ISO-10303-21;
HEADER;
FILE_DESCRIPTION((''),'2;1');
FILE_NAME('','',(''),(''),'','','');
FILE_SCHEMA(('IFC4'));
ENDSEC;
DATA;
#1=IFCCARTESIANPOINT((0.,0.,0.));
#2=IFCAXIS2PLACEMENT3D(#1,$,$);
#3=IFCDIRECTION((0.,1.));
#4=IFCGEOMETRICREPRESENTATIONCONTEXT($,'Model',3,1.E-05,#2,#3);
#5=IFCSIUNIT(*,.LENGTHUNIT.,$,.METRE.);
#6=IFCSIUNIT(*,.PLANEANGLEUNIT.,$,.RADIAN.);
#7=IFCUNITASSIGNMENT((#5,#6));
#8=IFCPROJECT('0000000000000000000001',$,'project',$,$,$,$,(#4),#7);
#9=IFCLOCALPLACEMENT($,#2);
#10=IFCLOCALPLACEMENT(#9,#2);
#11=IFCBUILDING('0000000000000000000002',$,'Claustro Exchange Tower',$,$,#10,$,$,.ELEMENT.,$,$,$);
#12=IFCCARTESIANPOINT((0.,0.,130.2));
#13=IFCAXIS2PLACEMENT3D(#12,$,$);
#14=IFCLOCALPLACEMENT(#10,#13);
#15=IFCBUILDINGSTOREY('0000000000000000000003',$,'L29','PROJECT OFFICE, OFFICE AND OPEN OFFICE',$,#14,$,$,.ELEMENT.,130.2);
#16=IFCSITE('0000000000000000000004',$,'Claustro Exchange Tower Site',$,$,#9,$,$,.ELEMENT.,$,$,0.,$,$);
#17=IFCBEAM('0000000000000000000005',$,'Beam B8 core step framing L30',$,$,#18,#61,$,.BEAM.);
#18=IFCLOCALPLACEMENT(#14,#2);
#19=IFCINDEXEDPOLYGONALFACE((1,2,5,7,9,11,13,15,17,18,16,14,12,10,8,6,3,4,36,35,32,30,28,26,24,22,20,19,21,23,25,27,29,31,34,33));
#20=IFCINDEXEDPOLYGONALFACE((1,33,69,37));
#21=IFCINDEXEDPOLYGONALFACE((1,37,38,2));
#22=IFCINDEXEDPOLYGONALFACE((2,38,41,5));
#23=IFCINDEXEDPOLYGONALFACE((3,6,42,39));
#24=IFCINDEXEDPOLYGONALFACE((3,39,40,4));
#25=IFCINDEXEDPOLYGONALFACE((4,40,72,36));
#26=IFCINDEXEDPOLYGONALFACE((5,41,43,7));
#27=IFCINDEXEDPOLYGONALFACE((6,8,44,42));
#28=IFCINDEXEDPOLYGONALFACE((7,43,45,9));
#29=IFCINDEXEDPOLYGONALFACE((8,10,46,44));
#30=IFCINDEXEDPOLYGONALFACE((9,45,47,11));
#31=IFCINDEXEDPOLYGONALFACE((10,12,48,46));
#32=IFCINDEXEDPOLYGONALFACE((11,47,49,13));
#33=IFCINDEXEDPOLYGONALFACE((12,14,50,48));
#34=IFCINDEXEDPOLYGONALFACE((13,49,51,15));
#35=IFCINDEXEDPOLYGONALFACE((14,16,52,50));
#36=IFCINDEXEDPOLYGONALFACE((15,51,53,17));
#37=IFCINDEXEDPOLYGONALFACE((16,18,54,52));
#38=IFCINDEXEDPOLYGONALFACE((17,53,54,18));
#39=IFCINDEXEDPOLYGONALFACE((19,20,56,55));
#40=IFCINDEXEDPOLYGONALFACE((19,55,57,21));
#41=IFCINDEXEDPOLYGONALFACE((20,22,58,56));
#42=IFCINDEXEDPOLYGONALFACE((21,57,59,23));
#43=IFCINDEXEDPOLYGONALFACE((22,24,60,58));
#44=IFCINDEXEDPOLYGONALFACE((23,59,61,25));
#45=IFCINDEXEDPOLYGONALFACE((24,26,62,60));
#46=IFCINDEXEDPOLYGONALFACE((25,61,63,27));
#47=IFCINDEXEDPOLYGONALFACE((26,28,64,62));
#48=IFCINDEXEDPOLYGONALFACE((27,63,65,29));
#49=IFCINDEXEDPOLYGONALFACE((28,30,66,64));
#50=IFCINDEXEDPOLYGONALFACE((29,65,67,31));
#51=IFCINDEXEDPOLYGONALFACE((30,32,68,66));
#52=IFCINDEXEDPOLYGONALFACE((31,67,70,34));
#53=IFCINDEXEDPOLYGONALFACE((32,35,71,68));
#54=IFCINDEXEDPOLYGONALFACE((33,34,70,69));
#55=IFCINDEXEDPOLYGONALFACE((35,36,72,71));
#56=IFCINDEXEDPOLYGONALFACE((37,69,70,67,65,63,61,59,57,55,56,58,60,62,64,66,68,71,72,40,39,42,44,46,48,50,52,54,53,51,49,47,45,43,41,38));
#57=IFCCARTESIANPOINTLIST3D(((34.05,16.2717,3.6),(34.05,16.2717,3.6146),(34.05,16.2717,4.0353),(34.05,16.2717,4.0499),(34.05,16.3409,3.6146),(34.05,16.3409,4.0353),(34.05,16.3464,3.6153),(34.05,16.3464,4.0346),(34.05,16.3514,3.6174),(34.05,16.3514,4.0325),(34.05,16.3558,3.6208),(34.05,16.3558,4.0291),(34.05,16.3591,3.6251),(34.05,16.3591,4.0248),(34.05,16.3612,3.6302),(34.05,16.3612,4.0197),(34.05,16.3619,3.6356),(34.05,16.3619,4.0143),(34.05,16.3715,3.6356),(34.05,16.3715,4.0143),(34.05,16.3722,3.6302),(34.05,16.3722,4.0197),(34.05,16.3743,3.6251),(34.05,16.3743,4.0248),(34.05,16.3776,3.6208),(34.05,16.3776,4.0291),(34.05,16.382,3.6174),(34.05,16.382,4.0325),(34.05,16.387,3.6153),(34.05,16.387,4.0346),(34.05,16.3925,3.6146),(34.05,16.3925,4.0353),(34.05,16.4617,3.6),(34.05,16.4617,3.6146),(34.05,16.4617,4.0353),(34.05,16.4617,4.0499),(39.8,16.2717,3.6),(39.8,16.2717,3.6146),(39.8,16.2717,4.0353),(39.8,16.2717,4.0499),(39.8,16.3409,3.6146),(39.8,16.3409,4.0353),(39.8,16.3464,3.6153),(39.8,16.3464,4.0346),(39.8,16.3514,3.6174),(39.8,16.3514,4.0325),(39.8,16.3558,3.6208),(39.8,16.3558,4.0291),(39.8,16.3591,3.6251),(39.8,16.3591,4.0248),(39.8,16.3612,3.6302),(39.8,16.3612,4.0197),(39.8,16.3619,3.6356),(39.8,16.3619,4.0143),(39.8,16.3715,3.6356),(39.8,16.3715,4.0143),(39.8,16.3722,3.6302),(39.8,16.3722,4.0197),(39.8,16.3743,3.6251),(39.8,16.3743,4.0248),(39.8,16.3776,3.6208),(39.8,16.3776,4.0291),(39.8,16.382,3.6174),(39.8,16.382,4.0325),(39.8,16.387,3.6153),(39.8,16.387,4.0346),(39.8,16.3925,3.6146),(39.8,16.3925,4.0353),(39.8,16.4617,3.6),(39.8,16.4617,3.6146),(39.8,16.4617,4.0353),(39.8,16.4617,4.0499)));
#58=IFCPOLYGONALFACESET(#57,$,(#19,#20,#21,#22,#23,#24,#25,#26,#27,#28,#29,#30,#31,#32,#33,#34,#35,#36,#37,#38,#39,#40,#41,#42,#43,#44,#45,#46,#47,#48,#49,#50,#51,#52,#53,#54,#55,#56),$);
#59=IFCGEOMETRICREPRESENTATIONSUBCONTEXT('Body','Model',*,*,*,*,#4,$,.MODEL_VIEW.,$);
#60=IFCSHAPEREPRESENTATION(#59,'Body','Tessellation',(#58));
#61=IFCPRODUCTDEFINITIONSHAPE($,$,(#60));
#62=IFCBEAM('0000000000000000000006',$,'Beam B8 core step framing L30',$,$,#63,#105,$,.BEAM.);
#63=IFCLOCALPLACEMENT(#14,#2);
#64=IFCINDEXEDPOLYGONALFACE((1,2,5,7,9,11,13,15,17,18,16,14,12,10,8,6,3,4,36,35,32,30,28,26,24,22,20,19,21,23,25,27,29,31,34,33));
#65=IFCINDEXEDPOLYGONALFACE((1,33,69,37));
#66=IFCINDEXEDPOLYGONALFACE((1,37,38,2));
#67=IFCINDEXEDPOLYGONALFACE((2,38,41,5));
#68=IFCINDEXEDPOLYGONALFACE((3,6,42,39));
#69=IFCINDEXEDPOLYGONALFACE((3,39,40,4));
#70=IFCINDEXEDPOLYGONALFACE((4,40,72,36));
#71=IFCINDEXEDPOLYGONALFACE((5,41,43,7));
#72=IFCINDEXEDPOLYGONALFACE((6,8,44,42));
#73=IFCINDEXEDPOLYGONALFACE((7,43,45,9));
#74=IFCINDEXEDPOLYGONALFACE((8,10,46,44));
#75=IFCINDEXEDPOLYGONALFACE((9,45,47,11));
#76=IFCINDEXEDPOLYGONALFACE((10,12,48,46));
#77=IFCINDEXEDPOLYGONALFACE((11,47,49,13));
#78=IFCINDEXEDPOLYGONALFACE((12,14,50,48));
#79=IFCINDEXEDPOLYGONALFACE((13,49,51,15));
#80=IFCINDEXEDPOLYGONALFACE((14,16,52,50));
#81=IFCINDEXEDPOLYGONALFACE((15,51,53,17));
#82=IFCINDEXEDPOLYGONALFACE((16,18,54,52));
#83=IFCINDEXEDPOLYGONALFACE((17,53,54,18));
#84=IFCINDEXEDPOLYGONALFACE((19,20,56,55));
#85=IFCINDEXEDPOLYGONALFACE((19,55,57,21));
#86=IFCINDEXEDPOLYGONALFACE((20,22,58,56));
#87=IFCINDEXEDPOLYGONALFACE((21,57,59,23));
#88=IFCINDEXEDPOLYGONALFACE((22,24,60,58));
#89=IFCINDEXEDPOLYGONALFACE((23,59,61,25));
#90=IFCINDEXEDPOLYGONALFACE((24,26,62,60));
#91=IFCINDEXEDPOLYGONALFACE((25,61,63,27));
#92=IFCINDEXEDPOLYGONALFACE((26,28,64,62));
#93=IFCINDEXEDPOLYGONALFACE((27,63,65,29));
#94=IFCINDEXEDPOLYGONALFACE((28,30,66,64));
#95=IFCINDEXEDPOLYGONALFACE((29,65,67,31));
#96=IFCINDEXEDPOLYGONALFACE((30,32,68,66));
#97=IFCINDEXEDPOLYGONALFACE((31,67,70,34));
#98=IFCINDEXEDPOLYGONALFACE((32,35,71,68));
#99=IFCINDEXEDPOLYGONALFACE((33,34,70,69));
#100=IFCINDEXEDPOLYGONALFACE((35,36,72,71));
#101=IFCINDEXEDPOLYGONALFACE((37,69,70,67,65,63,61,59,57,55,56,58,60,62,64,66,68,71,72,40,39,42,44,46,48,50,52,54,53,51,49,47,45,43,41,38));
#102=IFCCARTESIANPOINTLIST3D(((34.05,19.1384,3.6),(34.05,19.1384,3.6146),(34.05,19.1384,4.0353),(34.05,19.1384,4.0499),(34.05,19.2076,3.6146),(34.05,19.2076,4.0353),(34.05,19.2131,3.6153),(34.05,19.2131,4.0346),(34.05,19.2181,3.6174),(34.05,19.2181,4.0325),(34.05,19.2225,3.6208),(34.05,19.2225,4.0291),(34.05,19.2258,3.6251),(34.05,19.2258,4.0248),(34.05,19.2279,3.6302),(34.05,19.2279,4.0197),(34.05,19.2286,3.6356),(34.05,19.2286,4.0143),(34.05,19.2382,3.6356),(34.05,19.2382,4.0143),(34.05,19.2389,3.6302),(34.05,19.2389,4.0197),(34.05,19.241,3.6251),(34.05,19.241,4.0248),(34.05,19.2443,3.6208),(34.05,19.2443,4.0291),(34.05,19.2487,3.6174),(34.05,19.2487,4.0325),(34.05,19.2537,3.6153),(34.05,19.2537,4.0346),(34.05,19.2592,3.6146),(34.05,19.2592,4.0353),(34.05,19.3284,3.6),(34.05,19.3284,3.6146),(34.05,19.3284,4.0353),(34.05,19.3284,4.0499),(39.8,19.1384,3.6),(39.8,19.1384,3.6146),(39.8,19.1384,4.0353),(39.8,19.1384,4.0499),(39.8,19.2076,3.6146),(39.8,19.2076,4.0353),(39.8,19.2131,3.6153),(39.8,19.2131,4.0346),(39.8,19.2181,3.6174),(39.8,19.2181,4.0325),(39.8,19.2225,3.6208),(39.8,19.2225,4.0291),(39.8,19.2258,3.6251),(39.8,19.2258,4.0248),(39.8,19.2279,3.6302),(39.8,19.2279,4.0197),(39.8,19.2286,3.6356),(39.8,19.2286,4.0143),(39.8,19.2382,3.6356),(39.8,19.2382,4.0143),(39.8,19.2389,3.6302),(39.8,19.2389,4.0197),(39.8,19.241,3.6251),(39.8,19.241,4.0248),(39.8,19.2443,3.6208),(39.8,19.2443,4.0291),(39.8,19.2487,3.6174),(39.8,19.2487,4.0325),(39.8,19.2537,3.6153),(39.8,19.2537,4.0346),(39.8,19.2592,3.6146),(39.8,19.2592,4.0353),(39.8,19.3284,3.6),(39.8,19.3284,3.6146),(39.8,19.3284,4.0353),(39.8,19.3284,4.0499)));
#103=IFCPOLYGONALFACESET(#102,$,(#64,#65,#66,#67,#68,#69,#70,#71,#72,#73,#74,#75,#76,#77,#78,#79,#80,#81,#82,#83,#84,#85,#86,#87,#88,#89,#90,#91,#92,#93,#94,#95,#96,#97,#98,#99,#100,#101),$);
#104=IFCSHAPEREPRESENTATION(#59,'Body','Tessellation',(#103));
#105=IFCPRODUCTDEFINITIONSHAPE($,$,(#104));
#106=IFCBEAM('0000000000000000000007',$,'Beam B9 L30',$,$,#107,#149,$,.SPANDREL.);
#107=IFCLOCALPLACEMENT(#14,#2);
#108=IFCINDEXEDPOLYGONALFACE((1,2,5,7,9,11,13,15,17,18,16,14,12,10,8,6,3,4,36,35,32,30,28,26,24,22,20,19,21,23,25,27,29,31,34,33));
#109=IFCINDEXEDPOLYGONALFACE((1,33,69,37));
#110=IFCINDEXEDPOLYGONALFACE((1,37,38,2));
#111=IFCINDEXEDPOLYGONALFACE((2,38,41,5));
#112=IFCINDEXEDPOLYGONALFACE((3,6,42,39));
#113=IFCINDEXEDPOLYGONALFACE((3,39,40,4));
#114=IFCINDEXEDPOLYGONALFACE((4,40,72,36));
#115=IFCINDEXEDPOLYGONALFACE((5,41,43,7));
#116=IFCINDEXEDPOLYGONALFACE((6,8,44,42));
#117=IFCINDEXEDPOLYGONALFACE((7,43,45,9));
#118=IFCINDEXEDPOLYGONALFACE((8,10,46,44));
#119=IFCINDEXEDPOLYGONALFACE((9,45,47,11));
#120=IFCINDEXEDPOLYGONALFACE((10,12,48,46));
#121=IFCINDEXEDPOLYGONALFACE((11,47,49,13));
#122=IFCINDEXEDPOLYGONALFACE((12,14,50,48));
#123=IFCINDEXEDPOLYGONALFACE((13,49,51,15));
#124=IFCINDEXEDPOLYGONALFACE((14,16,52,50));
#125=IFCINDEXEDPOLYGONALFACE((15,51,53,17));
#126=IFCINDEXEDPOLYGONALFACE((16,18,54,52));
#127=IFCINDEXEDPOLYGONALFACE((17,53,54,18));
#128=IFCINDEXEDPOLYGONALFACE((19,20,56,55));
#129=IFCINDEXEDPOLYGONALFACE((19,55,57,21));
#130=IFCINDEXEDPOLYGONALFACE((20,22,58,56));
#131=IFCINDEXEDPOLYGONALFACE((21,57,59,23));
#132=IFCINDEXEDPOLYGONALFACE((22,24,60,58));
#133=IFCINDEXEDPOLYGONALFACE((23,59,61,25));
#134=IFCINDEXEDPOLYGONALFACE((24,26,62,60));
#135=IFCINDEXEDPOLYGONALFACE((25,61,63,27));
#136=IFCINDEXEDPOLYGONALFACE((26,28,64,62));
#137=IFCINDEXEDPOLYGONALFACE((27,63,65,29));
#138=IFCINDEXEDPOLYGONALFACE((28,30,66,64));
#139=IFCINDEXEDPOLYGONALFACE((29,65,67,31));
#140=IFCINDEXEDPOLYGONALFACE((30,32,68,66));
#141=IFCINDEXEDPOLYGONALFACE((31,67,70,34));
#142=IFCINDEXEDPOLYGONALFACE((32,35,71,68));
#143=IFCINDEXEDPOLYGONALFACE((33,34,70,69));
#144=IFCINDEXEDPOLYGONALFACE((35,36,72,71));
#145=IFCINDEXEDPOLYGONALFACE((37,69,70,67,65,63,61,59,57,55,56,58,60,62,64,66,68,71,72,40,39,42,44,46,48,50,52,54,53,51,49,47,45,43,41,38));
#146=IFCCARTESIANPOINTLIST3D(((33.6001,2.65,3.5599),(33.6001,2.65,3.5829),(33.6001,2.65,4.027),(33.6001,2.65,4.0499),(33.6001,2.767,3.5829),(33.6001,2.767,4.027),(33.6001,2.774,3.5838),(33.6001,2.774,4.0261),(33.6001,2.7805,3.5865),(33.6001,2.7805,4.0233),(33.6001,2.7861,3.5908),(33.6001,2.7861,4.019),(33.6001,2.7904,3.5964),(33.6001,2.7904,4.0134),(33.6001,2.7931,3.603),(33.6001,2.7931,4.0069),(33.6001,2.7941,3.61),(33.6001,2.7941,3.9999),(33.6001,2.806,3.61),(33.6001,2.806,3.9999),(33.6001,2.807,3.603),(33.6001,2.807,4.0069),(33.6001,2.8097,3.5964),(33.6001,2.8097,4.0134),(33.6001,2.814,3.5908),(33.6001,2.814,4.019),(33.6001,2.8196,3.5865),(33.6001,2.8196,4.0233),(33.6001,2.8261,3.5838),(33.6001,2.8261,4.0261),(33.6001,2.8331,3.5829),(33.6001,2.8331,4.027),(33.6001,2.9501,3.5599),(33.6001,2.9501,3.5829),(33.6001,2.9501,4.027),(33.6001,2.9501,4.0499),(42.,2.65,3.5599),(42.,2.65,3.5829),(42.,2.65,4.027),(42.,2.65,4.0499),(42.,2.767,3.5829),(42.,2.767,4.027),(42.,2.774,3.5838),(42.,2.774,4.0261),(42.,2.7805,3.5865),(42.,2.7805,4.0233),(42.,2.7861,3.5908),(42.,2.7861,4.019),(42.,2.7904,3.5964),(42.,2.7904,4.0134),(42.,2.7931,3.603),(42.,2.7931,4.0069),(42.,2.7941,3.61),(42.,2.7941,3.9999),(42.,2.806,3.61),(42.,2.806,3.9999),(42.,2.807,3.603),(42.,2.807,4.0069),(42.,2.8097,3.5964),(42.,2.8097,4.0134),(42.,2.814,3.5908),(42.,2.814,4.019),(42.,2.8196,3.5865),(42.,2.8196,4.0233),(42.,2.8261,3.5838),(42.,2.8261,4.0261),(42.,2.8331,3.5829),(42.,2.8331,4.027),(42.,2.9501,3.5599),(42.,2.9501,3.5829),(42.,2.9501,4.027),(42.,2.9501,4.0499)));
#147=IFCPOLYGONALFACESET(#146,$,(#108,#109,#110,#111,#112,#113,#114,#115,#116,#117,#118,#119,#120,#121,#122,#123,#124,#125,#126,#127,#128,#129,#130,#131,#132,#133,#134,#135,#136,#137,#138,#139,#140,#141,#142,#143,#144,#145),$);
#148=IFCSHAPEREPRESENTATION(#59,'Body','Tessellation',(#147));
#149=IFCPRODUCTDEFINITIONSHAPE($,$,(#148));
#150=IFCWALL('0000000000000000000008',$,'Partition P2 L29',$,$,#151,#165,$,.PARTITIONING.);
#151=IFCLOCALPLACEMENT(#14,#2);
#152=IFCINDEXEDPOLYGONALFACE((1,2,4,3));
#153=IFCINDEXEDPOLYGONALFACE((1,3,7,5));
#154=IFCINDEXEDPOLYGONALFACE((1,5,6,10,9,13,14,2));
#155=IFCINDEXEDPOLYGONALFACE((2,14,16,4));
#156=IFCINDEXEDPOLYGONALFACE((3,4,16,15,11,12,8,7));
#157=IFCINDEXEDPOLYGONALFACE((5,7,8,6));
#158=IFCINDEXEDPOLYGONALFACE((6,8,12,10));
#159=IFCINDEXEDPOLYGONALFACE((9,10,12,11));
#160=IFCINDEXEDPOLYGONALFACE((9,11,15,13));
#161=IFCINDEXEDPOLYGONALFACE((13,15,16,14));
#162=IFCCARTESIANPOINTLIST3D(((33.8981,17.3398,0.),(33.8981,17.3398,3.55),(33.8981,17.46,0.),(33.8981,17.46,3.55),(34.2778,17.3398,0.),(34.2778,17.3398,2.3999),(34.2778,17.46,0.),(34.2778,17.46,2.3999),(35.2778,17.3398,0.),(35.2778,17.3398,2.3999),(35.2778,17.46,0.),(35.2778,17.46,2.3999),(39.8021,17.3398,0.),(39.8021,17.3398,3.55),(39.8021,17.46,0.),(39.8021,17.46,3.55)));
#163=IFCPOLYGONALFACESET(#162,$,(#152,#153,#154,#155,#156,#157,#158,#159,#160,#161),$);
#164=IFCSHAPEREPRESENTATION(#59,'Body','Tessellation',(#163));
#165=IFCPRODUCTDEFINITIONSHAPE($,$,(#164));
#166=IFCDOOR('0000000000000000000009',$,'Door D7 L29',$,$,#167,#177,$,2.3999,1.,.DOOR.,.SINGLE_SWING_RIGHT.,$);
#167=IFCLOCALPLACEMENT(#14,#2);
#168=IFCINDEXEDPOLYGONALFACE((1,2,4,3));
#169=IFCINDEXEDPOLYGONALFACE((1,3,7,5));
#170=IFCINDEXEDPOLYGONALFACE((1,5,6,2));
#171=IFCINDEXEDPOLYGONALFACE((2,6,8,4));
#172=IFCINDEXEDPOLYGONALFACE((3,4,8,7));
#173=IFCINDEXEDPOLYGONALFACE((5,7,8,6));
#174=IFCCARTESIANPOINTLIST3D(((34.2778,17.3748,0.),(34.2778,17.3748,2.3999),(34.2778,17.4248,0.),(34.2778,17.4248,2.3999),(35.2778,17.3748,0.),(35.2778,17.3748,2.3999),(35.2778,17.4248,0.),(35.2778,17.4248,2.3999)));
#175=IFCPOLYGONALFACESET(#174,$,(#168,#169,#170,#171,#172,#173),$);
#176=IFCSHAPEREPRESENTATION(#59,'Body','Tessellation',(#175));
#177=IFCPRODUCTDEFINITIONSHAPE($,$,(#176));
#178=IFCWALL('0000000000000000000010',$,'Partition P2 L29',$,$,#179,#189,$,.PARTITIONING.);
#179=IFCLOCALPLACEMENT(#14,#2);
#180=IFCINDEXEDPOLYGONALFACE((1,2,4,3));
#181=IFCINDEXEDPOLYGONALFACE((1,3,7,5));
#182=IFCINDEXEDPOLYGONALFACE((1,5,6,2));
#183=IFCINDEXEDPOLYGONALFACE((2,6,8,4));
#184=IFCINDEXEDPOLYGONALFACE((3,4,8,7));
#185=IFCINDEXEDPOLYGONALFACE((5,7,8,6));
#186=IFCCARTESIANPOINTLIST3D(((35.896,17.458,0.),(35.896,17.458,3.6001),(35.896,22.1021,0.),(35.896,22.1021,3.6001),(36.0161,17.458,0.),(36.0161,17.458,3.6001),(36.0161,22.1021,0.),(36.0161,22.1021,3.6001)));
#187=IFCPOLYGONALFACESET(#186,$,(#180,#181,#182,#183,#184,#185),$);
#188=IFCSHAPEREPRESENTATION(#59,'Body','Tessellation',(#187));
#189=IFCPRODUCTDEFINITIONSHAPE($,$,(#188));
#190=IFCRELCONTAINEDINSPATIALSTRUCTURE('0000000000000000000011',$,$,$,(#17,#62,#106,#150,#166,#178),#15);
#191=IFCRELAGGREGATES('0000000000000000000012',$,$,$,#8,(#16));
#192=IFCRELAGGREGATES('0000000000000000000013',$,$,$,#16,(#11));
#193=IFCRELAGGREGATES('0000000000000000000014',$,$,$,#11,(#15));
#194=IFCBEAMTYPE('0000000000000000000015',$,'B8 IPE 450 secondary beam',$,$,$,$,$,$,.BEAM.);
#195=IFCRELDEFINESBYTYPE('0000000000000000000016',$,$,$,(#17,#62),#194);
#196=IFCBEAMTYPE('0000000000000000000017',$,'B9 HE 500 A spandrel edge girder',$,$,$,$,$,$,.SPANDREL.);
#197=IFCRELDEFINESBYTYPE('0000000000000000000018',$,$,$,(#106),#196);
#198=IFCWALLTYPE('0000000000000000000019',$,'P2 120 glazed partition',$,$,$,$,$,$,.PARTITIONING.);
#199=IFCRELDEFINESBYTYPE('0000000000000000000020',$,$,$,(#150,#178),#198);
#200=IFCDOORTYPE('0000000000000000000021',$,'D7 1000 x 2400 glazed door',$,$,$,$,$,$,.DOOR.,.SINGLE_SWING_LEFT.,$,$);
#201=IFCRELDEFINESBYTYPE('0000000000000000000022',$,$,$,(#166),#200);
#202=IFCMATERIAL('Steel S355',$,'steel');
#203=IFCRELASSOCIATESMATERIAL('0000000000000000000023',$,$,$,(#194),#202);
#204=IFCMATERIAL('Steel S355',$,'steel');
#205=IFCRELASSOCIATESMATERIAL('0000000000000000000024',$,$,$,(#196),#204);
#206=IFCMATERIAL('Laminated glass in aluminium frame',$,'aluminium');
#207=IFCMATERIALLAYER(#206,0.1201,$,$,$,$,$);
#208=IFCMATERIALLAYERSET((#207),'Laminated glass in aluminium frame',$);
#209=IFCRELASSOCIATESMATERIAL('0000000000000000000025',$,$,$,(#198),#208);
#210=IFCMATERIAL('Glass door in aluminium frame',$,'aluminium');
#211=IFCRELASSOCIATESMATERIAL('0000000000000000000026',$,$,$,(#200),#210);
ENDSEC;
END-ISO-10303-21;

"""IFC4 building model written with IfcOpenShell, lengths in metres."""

from ifc_helpers import new_model, si_unit, direction, frame, frame_2d, origin, origin_2d, place, context, subcontext, project, spatial, rectangle, i_section, extrude, material, layer, layer_set, material_profile, profile_set, type_object, element, fill, save


model = new_model("IFC4")

# Units and contexts
model_context = context("Model", 3, precision=1e-05, world=origin(), true_north=direction((0.0, 1.0)))
body_context = subcontext(model_context, "Body", "Model", "MODEL_VIEW")
ifc_project = project(units=[si_unit("LENGTHUNIT", "METRE"), si_unit("PLANEANGLEUNIT", "RADIAN")], contexts=[model_context])

# Site, building, storey
site_placement = place(None, origin())
site = spatial("IfcSite", under=ifc_project, at=site_placement, Name="Claustro Exchange Tower Site", CompositionType="ELEMENT", RefElevation=0.0)
building_placement = place(site_placement, origin())
building = spatial("IfcBuilding", under=site, at=building_placement, Name="Claustro Exchange Tower", CompositionType="ELEMENT")
storey_placement = place(building_placement, frame((0.0, 0.0, 130.2)))
storey = spatial("IfcBuildingStorey", under=building, at=storey_placement, Name="L29", Description="PROJECT OFFICE, OFFICE AND OPEN OFFICE", CompositionType="ELEMENT", Elevation=130.2)

# Beams
ifc_material_1 = material(Name="Steel S355", Category="steel")
ifc_material_profile_1 = material_profile(ifc_material_1, i_section(OverallWidth=0.1899, OverallDepth=0.45, WebThickness=0.0095, FlangeThickness=0.0146, FilletRadius=0.021, at=origin_2d()), Name="IPE 450")
ifc_profile_set_1 = profile_set([ifc_material_profile_1], Name="Steel S355")
beam_type_1 = type_object("IfcBeamType", Name="B8 IPE 450 secondary beam", PredefinedType="BEAM", material=ifc_profile_set_1)
for number, where, z_axis, x_axis, name in (
    (1, (34.05, 16.3667, 3.825), (1.0, 0.0, 0.0), (0.0, 1.0, 0.0), "Beam B8 core step framing L30"),
    (2, (34.05, 19.2334, 3.825), (1.0, 0.0, 0.0), (0.0, 1.0, 0.0), "Beam B8 core step framing L30"),
):
    element("IfcBeam", number, at=place(storey_placement, frame(where, z_axis=z_axis, x_axis=x_axis)), inside=storey, type_object=beam_type_1, Name=name, PredefinedType="BEAM", context=body_context, shape_type="SweptSolid", body=[
        extrude(i_section(OverallWidth=0.1899, OverallDepth=0.45, WebThickness=0.0095, FlangeThickness=0.0146, FilletRadius=0.021, at=origin_2d()), origin(), (0.0, 0.0, 1.0), 5.75),
    ])
ifc_material_2 = material(Name="Steel S355", Category="steel")
ifc_material_profile_2 = material_profile(ifc_material_2, i_section(OverallWidth=0.3, OverallDepth=0.49, WebThickness=0.012, FlangeThickness=0.0229, FilletRadius=0.0271, at=origin_2d()), Name="HE 500 A")
ifc_profile_set_2 = profile_set([ifc_material_profile_2], Name="Steel S355")
beam_type_2 = type_object("IfcBeamType", Name="B9 HE 500 A spandrel edge girder", PredefinedType="SPANDREL", material=ifc_profile_set_2)
beam_1_placement = place(storey_placement, frame((33.6001, 2.8, 3.8049), z_axis=(1.0, 0.0, 0.0), x_axis=(0.0, 1.0, 0.0)))
element("IfcBeam", 3, at=beam_1_placement, inside=storey, type_object=beam_type_2, Name="Beam B9 L30", PredefinedType="SPANDREL", context=body_context, shape_type="SweptSolid", body=[
    extrude(i_section(OverallWidth=0.3, OverallDepth=0.49, WebThickness=0.012, FlangeThickness=0.0229, FilletRadius=0.0271, at=origin_2d()), origin(), (0.0, 0.0, 1.0), 8.3999),
])

# Wall, opening, door
ifc_material_3 = material(Name="Laminated glass in aluminium frame", Category="aluminium")
ifc_layer_1 = layer(ifc_material_3, 0.1201)
ifc_layer_set_1 = layer_set([ifc_layer_1], Name="Laminated glass in aluminium frame")
wall_type_1 = type_object("IfcWallType", Name="P2 120 glazed partition", PredefinedType="PARTITIONING", material=ifc_layer_set_1)
wall_1_placement = place(storey_placement, frame((33.8979, 17.3999, 0.0), z_axis=(0.0, 0.0, 1.0), x_axis=(1.0, 0.0, 0.0)))
wall_1 = element("IfcWall", 4, at=wall_1_placement, inside=storey, type_object=wall_type_1, Name="Partition P2 L29", PredefinedType="PARTITIONING", context=body_context, shape_type="SweptSolid", body=[
    extrude(rectangle(XDim=5.9041, YDim=0.1201, at=frame_2d((2.9521, 0.0))), origin(), (0.0, 0.0, 1.0), 3.55),
])
opening_1_placement = place(wall_1_placement, frame((0.3799, 0.0, 0.0)))
opening_1 = element("IfcOpeningElement", 5, at=opening_1_placement, cuts=wall_1, PredefinedType="OPENING", context=body_context, shape_type="SweptSolid", body=[
    extrude(rectangle(XDim=1.0, YDim=2.3999, at=frame_2d((0.5, 1.2))), frame((0.0, 0.0701, 0.0), z_axis=(0.0, -1.0, 0.0), x_axis=(1.0, 0.0, 0.0)), (0.0, 0.0, 1.0), 0.1401),
])
ifc_material_4 = material(Name="Glass door in aluminium frame", Category="aluminium")
door_type_1 = type_object("IfcDoorType", Name="D7 1000 x 2400 glazed door", OperationType="SINGLE_SWING_LEFT", PredefinedType="DOOR", material=ifc_material_4)
door_1_placement = place(opening_1_placement, origin())
door_1 = element("IfcDoor", 6, at=door_1_placement, inside=storey, type_object=door_type_1, Name="Door D7 L29", OperationType="SINGLE_SWING_RIGHT", OverallHeight=2.3999, OverallWidth=1.0, PredefinedType="DOOR", context=body_context, shape_type="SweptSolid", body=[
    extrude(rectangle(XDim=1.0, YDim=2.3999, at=frame_2d((0.5, 1.2))), frame((0.0, 0.0249, 0.0), z_axis=(0.0, -1.0, 0.0), x_axis=(1.0, 0.0, 0.0)), (0.0, 0.0, 1.0), 0.05),
])
fill(opening_1, door_1)

# Wall
wall_2_placement = place(storey_placement, frame((35.9561, 17.458, 0.0), z_axis=(0.0, 0.0, 1.0), x_axis=(0.0, 1.0, 0.0)))
element("IfcWall", 7, at=wall_2_placement, inside=storey, type_object=wall_type_1, Name="Partition P2 L29", PredefinedType="PARTITIONING", context=body_context, shape_type="SweptSolid", body=[
    extrude(rectangle(XDim=4.644, YDim=0.1201, at=frame_2d((2.322, 0.0))), origin(), (0.0, 0.0, 1.0), 3.6001),
])

save(model, "model.ifc")
